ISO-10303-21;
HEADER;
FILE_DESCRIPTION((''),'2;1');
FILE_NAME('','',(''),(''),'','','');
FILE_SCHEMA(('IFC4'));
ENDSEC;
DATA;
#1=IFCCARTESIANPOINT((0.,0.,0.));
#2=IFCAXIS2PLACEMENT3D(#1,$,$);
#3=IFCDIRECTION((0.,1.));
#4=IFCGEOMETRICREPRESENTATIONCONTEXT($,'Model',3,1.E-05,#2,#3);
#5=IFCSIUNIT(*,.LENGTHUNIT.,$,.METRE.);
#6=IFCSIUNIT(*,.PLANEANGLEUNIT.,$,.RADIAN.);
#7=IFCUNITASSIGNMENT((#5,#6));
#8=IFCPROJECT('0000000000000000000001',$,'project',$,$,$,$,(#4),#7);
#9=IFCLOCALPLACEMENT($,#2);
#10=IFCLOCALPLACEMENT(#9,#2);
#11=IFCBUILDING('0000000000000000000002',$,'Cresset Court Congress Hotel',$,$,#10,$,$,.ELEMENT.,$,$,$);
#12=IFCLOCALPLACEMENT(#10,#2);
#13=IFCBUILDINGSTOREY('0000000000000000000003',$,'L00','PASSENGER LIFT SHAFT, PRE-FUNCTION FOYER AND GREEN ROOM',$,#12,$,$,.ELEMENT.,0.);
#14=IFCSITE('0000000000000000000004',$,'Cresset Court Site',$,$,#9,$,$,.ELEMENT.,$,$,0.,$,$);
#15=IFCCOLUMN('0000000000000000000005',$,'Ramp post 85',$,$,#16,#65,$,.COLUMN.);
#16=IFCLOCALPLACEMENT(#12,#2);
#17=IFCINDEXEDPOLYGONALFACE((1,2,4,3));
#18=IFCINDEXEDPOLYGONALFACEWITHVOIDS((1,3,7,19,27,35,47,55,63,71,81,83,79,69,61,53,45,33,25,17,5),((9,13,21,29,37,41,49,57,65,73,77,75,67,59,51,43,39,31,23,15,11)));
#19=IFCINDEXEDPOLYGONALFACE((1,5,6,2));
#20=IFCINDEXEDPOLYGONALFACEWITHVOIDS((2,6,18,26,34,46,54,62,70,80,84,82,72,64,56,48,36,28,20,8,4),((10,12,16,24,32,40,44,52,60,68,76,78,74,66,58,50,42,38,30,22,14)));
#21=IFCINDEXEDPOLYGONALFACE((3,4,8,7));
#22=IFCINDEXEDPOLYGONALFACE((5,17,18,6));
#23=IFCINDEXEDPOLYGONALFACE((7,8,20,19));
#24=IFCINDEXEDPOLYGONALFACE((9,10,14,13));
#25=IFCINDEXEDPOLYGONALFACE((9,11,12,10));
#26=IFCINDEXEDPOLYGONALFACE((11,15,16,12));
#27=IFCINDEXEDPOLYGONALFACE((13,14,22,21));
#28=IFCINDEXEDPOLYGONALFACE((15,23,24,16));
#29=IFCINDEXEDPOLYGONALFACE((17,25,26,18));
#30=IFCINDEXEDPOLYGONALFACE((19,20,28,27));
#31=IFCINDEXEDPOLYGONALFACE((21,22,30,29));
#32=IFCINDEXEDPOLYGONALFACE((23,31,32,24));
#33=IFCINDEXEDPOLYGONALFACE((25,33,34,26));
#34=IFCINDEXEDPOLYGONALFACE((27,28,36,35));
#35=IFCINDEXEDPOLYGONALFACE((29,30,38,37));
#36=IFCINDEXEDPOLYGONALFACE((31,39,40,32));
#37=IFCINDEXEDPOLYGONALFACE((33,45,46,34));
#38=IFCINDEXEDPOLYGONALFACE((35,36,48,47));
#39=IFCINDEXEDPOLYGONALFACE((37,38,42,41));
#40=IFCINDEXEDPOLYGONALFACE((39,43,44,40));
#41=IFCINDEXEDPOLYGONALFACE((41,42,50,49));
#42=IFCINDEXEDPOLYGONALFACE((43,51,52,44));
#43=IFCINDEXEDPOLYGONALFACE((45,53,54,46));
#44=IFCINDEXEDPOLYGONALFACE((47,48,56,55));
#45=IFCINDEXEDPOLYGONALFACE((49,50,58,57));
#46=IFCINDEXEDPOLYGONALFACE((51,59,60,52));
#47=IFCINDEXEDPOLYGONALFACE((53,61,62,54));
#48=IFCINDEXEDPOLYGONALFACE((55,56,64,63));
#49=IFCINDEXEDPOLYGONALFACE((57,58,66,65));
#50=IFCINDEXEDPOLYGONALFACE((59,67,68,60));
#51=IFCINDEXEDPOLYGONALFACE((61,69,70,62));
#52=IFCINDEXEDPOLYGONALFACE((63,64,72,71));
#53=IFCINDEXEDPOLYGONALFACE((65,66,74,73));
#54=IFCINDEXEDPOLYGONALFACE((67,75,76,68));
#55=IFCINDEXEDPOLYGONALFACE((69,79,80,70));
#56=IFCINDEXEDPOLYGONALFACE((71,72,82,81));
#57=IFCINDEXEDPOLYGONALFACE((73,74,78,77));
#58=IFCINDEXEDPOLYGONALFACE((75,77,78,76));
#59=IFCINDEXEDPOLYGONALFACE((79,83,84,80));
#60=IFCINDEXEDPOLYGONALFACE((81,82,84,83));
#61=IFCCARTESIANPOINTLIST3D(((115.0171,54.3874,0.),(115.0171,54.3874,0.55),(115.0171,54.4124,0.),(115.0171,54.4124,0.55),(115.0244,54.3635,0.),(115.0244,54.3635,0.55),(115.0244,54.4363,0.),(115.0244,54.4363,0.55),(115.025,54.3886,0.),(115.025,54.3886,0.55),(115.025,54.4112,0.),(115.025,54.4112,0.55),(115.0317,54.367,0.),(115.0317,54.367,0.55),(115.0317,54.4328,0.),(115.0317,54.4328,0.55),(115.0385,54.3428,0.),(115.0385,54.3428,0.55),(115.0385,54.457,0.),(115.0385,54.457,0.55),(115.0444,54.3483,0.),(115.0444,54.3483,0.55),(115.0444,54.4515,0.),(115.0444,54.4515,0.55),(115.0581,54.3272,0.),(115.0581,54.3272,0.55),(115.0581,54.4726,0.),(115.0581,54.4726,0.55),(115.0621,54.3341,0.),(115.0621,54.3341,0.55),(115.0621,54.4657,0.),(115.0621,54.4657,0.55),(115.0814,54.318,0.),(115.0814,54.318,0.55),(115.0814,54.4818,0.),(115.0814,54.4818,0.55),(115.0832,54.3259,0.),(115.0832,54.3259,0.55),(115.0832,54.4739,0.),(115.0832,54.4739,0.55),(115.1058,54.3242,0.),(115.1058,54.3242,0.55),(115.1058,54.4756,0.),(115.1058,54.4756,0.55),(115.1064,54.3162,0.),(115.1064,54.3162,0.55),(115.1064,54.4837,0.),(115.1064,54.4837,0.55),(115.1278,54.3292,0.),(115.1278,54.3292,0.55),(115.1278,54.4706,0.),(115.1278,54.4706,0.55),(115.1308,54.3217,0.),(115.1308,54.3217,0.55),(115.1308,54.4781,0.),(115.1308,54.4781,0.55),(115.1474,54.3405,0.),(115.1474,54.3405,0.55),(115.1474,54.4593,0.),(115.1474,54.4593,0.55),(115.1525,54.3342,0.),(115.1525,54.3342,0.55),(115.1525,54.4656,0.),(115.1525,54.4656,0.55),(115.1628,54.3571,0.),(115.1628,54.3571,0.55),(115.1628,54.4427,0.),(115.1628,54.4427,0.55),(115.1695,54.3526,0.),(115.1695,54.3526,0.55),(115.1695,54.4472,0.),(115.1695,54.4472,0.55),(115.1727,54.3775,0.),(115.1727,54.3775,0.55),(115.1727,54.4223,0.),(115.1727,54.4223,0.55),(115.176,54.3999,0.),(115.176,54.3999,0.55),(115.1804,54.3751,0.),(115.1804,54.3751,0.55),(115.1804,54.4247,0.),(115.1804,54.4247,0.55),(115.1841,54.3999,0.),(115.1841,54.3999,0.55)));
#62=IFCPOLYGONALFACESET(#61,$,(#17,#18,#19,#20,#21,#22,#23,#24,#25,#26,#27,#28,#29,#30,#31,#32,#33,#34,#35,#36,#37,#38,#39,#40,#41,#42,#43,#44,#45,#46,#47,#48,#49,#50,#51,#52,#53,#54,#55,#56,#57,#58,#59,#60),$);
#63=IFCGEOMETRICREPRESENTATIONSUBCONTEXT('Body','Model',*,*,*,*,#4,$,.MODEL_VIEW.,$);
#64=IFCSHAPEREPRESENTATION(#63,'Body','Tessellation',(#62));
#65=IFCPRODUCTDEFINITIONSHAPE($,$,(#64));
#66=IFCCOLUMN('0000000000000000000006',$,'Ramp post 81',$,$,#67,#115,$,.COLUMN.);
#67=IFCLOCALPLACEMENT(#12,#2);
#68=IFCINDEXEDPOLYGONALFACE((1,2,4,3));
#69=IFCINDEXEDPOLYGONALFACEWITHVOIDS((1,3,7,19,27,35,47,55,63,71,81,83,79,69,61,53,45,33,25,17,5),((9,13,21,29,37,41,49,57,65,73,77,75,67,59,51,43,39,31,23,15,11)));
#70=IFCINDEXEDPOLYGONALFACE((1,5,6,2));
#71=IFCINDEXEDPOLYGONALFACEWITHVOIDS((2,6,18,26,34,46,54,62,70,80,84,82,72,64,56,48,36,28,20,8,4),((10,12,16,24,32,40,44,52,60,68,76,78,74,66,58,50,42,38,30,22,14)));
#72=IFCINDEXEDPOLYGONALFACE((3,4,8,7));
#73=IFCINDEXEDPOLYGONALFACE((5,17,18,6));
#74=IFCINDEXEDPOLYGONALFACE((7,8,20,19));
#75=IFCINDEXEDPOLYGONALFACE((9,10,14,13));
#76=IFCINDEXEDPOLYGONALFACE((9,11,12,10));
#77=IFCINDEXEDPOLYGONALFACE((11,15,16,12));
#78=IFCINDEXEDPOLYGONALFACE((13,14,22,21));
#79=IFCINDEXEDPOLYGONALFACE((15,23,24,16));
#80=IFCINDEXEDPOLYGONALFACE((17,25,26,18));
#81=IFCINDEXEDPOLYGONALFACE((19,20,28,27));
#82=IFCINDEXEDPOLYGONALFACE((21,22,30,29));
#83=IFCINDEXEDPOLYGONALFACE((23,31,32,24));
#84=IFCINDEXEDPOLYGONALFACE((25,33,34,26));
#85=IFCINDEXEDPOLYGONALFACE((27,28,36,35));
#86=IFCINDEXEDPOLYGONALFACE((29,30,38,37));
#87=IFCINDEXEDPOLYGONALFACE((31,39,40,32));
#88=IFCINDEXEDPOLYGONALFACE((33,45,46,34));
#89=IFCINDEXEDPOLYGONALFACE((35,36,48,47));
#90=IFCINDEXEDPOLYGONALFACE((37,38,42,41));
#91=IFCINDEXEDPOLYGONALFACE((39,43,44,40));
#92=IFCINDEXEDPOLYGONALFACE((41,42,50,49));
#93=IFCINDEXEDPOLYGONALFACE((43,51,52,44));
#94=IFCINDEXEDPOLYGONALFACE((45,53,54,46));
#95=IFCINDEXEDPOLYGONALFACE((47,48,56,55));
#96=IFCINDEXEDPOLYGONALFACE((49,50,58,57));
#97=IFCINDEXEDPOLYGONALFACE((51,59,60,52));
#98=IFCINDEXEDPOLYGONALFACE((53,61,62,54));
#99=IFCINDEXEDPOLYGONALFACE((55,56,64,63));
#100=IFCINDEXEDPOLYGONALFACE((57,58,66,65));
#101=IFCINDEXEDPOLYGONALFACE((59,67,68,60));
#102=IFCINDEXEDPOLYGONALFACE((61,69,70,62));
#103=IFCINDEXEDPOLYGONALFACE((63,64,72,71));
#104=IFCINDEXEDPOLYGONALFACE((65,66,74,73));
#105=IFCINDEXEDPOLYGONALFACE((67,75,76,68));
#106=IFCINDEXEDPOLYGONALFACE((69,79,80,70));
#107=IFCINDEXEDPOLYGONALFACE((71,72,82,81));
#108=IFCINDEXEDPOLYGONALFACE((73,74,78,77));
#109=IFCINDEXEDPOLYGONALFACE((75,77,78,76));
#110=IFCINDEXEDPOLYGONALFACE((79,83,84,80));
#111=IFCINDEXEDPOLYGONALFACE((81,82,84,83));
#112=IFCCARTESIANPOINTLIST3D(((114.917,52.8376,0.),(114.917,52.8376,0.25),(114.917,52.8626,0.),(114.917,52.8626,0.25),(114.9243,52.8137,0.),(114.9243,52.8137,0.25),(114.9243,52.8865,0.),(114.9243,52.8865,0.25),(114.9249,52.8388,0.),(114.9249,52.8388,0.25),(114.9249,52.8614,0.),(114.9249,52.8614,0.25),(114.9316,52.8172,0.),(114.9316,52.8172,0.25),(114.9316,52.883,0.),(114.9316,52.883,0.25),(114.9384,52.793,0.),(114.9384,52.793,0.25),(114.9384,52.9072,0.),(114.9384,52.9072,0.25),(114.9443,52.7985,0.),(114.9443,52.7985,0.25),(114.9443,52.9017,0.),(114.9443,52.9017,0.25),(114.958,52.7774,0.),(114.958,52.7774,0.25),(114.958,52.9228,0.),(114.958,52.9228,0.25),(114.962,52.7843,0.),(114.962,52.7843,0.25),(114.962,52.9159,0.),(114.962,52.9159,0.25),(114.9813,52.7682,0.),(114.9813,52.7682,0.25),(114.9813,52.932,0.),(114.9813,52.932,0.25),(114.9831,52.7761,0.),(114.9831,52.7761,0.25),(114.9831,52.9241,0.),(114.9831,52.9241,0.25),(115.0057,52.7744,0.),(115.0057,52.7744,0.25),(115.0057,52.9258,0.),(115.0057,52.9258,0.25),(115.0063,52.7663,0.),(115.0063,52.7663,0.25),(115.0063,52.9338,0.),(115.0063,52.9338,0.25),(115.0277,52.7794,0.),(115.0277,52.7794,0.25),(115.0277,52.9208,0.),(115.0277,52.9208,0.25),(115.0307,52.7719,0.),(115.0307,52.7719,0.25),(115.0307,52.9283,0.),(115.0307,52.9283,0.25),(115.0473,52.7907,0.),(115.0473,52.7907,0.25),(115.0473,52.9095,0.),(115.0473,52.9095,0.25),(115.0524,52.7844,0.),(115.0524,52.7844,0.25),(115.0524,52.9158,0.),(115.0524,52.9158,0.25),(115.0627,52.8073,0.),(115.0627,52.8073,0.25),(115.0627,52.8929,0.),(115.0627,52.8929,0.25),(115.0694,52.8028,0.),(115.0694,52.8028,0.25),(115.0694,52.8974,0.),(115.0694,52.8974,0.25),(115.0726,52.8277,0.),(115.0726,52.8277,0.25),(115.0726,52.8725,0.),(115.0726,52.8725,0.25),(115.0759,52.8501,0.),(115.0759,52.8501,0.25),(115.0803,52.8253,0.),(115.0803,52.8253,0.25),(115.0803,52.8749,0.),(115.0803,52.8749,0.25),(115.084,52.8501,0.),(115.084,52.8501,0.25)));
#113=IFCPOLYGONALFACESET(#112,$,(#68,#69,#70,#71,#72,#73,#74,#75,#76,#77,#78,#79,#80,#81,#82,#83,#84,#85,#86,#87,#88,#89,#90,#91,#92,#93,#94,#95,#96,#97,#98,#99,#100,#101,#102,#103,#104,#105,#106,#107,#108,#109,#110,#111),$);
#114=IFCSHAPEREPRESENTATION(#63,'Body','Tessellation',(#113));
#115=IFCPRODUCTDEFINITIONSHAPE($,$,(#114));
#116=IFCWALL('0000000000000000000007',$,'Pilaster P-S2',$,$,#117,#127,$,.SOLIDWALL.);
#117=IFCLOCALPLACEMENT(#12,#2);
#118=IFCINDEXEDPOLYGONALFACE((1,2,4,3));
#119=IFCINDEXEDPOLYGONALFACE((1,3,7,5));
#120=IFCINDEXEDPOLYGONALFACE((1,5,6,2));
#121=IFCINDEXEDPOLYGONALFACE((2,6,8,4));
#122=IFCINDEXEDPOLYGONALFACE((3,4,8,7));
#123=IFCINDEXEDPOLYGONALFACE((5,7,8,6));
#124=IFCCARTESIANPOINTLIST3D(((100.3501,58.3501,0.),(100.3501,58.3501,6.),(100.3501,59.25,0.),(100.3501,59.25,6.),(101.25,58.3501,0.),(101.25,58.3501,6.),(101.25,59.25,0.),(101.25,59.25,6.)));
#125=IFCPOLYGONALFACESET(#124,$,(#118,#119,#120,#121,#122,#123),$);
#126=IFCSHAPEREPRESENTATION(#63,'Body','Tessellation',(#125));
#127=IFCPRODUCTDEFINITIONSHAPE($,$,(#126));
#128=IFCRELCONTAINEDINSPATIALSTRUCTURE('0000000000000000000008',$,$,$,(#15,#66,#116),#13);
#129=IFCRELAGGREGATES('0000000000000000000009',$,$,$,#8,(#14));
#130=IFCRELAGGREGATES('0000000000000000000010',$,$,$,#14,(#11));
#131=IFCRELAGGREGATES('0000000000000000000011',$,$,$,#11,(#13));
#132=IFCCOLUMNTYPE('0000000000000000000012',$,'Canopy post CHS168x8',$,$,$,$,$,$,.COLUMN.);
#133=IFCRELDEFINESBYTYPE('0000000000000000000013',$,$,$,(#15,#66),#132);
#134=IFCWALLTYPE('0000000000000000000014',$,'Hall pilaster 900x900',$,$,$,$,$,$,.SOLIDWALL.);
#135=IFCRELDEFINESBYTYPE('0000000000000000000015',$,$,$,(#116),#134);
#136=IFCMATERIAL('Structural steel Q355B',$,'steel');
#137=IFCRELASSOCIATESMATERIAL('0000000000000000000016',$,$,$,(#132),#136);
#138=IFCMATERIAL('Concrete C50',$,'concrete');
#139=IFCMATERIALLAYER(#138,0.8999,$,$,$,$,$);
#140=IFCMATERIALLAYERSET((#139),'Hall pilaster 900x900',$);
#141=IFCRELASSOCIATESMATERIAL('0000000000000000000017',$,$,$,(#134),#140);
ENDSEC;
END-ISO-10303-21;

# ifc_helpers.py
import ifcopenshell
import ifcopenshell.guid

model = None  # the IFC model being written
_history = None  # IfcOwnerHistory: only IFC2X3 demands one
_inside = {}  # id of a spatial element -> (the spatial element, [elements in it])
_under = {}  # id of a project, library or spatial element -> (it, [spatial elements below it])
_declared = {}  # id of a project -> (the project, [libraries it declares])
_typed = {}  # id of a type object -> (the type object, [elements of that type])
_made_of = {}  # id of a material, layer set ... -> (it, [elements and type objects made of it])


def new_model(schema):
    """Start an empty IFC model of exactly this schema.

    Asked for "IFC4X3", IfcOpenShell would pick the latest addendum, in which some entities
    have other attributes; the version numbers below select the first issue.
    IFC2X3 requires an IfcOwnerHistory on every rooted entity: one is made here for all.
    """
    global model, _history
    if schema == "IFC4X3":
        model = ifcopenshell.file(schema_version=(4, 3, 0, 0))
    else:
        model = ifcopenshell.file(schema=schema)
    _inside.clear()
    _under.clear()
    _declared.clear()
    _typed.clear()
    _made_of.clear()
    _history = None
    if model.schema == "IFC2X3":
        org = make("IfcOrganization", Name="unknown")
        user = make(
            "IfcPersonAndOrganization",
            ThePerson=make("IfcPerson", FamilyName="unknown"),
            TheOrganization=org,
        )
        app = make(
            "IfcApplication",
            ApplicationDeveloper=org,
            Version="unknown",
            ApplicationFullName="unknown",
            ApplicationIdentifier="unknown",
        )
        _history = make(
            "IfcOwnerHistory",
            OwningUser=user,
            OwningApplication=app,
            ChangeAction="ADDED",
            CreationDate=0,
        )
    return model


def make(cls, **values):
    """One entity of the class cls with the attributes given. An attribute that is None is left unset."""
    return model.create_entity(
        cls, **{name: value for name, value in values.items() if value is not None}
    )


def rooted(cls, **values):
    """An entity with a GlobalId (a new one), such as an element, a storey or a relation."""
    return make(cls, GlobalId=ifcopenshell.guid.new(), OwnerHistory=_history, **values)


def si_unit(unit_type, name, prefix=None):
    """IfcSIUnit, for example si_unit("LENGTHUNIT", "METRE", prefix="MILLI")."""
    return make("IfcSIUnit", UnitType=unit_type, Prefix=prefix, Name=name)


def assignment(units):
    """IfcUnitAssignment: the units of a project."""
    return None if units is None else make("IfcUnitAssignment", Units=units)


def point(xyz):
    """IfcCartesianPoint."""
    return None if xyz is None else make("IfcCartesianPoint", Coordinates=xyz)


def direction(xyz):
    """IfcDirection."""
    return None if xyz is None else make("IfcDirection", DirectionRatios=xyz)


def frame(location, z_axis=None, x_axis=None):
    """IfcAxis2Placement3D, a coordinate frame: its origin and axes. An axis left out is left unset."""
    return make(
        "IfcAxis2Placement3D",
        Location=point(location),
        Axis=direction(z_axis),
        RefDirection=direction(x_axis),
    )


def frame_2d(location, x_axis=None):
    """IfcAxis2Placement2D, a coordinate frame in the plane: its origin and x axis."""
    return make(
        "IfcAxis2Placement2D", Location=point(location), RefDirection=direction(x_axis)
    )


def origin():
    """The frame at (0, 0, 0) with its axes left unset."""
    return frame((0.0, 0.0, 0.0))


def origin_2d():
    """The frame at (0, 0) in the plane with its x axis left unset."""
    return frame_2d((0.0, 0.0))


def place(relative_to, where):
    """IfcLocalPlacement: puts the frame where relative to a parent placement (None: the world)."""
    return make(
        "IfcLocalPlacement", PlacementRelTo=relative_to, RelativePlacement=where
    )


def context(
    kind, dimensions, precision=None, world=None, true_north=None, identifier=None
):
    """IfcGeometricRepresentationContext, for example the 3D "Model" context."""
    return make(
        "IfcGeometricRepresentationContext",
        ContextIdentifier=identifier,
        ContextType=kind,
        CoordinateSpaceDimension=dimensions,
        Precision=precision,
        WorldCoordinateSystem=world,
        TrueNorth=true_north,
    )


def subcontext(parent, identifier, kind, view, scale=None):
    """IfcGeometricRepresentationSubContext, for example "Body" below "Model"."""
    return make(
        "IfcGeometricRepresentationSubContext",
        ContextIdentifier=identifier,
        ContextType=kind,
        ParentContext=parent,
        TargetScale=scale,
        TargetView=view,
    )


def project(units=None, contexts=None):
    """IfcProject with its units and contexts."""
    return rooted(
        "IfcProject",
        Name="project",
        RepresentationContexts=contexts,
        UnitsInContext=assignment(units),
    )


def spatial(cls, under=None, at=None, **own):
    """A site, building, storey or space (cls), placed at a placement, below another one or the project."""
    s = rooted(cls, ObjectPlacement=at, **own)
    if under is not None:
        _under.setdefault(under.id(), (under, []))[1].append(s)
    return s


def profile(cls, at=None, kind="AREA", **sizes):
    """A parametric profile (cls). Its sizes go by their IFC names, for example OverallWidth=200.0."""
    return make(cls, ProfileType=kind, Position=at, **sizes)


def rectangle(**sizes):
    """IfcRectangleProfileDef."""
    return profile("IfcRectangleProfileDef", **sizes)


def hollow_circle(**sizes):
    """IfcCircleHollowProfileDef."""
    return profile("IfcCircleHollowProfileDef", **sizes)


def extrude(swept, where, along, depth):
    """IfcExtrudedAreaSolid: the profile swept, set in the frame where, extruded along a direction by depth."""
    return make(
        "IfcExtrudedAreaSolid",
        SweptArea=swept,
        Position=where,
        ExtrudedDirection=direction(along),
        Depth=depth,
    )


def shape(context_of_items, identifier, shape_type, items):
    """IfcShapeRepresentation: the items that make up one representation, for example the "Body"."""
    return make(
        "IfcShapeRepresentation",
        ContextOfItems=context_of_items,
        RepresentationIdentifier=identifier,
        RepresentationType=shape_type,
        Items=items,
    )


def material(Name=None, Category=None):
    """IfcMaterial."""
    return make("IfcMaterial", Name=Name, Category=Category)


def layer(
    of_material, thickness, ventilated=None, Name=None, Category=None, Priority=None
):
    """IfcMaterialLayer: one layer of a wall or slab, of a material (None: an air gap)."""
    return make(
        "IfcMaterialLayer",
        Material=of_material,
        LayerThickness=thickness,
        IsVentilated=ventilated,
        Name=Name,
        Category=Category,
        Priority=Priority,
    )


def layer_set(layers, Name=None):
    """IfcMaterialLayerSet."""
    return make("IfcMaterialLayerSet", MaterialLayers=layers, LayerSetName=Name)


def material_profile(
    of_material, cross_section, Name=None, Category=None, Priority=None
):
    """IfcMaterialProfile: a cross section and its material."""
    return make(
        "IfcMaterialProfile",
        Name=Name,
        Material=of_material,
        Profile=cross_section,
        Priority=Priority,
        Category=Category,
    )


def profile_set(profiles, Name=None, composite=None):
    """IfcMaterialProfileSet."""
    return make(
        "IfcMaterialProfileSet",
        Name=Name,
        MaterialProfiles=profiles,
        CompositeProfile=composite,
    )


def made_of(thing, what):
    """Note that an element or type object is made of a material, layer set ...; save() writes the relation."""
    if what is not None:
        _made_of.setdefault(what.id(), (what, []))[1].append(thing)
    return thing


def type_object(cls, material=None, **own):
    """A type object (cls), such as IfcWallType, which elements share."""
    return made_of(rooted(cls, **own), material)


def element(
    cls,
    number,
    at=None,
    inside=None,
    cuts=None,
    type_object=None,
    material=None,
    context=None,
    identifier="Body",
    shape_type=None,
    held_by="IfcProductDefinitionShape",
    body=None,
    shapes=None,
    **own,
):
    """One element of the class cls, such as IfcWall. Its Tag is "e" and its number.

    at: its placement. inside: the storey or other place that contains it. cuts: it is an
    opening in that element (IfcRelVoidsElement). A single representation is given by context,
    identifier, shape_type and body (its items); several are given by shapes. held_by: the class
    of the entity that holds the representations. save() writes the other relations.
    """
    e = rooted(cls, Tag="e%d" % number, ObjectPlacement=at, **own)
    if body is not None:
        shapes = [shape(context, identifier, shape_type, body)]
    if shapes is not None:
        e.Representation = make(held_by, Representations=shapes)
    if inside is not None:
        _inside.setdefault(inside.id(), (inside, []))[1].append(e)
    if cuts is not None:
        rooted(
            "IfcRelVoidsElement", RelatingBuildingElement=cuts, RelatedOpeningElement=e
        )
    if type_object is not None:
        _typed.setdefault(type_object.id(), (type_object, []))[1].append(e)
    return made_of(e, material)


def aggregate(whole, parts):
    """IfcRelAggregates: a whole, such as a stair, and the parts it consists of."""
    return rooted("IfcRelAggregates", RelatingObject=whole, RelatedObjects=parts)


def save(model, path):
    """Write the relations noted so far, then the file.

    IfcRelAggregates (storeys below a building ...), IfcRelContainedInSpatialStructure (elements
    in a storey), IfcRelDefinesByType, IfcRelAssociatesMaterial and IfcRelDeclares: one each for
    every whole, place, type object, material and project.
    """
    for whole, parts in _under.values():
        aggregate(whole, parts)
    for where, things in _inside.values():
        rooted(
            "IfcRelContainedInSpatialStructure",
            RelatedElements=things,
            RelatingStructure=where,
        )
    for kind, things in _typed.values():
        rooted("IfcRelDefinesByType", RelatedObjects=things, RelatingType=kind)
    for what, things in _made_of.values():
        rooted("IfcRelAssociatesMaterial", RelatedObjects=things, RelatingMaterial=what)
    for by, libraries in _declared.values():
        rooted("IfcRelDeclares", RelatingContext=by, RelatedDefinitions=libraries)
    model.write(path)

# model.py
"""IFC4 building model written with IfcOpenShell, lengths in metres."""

from ifc_helpers import new_model, si_unit, direction, frame, frame_2d, origin, origin_2d, place, context, subcontext, project, spatial, rectangle, hollow_circle, extrude, material, layer, layer_set, material_profile, profile_set, type_object, element, save


model = new_model("IFC4")

# Units and contexts
model_context = context("Model", 3, precision=1e-05, world=origin(), true_north=direction((0.0, 1.0)))
body_context = subcontext(model_context, "Body", "Model", "MODEL_VIEW")
ifc_project = project(units=[si_unit("LENGTHUNIT", "METRE"), si_unit("PLANEANGLEUNIT", "RADIAN")], contexts=[model_context])

# Site, building, storey
site_placement = place(None, origin())
site = spatial("IfcSite", under=ifc_project, at=site_placement, Name="Cresset Court Site", CompositionType="ELEMENT", RefElevation=0.0)
building_placement = place(site_placement, origin())
building = spatial("IfcBuilding", under=site, at=building_placement, Name="Cresset Court Congress Hotel", CompositionType="ELEMENT")
storey_placement = place(building_placement, origin())
storey = spatial("IfcBuildingStorey", under=building, at=storey_placement, Name="L00", Description="PASSENGER LIFT SHAFT, PRE-FUNCTION FOYER AND GREEN ROOM", CompositionType="ELEMENT", Elevation=0.0)

# Columns
ifc_material_1 = material(Name="Structural steel Q355B", Category="steel")
ifc_material_profile = material_profile(ifc_material_1, hollow_circle(Radius=0.084, WallThickness=0.0081, at=origin_2d()), Name="CHS168x8")
ifc_profile_set = profile_set([ifc_material_profile], Name="Structural steel Q355B")
column_type = type_object("IfcColumnType", Name="Canopy post CHS168x8", PredefinedType="COLUMN", material=ifc_profile_set)
column_1_placement = place(storey_placement, frame((115.1001, 54.3999, 0.0), z_axis=(0.0, 0.0, 1.0), x_axis=(1.0, 0.0, 0.0)))
element("IfcColumn", 1, at=column_1_placement, inside=storey, type_object=column_type, Name="Ramp post 85", PredefinedType="COLUMN", context=body_context, shape_type="SweptSolid", body=[
    extrude(hollow_circle(Radius=0.084, WallThickness=0.0081, at=origin_2d()), origin(), (0.0, 0.0, 1.0), 0.55),
])
column_2_placement = place(storey_placement, frame((115.0, 52.8501, 0.0), z_axis=(0.0, 0.0, 1.0), x_axis=(1.0, 0.0, 0.0)))
element("IfcColumn", 2, at=column_2_placement, inside=storey, type_object=column_type, Name="Ramp post 81", PredefinedType="COLUMN", context=body_context, shape_type="SweptSolid", body=[
    extrude(hollow_circle(Radius=0.084, WallThickness=0.0081, at=origin_2d()), origin(), (0.0, 0.0, 1.0), 0.25),
])

# Wall
ifc_material_2 = material(Name="Concrete C50", Category="concrete")
ifc_layer = layer(ifc_material_2, 0.8999)
ifc_layer_set = layer_set([ifc_layer], Name="Hall pilaster 900x900")
wall_type = type_object("IfcWallType", Name="Hall pilaster 900x900", PredefinedType="SOLIDWALL", material=ifc_layer_set)
wall_placement = place(storey_placement, frame((100.3501, 58.8, 0.0), z_axis=(0.0, 0.0, 1.0), x_axis=(1.0, 0.0, 0.0)))
element("IfcWall", 3, at=wall_placement, inside=storey, type_object=wall_type, Name="Pilaster P-S2", PredefinedType="SOLIDWALL", context=body_context, shape_type="SweptSolid", body=[
    extrude(rectangle(XDim=0.8999, YDim=0.8999, at=frame_2d((0.45, 0.0))), origin(), (0.0, 0.0, 1.0), 6.0),
])

save(model, "model.ifc")
